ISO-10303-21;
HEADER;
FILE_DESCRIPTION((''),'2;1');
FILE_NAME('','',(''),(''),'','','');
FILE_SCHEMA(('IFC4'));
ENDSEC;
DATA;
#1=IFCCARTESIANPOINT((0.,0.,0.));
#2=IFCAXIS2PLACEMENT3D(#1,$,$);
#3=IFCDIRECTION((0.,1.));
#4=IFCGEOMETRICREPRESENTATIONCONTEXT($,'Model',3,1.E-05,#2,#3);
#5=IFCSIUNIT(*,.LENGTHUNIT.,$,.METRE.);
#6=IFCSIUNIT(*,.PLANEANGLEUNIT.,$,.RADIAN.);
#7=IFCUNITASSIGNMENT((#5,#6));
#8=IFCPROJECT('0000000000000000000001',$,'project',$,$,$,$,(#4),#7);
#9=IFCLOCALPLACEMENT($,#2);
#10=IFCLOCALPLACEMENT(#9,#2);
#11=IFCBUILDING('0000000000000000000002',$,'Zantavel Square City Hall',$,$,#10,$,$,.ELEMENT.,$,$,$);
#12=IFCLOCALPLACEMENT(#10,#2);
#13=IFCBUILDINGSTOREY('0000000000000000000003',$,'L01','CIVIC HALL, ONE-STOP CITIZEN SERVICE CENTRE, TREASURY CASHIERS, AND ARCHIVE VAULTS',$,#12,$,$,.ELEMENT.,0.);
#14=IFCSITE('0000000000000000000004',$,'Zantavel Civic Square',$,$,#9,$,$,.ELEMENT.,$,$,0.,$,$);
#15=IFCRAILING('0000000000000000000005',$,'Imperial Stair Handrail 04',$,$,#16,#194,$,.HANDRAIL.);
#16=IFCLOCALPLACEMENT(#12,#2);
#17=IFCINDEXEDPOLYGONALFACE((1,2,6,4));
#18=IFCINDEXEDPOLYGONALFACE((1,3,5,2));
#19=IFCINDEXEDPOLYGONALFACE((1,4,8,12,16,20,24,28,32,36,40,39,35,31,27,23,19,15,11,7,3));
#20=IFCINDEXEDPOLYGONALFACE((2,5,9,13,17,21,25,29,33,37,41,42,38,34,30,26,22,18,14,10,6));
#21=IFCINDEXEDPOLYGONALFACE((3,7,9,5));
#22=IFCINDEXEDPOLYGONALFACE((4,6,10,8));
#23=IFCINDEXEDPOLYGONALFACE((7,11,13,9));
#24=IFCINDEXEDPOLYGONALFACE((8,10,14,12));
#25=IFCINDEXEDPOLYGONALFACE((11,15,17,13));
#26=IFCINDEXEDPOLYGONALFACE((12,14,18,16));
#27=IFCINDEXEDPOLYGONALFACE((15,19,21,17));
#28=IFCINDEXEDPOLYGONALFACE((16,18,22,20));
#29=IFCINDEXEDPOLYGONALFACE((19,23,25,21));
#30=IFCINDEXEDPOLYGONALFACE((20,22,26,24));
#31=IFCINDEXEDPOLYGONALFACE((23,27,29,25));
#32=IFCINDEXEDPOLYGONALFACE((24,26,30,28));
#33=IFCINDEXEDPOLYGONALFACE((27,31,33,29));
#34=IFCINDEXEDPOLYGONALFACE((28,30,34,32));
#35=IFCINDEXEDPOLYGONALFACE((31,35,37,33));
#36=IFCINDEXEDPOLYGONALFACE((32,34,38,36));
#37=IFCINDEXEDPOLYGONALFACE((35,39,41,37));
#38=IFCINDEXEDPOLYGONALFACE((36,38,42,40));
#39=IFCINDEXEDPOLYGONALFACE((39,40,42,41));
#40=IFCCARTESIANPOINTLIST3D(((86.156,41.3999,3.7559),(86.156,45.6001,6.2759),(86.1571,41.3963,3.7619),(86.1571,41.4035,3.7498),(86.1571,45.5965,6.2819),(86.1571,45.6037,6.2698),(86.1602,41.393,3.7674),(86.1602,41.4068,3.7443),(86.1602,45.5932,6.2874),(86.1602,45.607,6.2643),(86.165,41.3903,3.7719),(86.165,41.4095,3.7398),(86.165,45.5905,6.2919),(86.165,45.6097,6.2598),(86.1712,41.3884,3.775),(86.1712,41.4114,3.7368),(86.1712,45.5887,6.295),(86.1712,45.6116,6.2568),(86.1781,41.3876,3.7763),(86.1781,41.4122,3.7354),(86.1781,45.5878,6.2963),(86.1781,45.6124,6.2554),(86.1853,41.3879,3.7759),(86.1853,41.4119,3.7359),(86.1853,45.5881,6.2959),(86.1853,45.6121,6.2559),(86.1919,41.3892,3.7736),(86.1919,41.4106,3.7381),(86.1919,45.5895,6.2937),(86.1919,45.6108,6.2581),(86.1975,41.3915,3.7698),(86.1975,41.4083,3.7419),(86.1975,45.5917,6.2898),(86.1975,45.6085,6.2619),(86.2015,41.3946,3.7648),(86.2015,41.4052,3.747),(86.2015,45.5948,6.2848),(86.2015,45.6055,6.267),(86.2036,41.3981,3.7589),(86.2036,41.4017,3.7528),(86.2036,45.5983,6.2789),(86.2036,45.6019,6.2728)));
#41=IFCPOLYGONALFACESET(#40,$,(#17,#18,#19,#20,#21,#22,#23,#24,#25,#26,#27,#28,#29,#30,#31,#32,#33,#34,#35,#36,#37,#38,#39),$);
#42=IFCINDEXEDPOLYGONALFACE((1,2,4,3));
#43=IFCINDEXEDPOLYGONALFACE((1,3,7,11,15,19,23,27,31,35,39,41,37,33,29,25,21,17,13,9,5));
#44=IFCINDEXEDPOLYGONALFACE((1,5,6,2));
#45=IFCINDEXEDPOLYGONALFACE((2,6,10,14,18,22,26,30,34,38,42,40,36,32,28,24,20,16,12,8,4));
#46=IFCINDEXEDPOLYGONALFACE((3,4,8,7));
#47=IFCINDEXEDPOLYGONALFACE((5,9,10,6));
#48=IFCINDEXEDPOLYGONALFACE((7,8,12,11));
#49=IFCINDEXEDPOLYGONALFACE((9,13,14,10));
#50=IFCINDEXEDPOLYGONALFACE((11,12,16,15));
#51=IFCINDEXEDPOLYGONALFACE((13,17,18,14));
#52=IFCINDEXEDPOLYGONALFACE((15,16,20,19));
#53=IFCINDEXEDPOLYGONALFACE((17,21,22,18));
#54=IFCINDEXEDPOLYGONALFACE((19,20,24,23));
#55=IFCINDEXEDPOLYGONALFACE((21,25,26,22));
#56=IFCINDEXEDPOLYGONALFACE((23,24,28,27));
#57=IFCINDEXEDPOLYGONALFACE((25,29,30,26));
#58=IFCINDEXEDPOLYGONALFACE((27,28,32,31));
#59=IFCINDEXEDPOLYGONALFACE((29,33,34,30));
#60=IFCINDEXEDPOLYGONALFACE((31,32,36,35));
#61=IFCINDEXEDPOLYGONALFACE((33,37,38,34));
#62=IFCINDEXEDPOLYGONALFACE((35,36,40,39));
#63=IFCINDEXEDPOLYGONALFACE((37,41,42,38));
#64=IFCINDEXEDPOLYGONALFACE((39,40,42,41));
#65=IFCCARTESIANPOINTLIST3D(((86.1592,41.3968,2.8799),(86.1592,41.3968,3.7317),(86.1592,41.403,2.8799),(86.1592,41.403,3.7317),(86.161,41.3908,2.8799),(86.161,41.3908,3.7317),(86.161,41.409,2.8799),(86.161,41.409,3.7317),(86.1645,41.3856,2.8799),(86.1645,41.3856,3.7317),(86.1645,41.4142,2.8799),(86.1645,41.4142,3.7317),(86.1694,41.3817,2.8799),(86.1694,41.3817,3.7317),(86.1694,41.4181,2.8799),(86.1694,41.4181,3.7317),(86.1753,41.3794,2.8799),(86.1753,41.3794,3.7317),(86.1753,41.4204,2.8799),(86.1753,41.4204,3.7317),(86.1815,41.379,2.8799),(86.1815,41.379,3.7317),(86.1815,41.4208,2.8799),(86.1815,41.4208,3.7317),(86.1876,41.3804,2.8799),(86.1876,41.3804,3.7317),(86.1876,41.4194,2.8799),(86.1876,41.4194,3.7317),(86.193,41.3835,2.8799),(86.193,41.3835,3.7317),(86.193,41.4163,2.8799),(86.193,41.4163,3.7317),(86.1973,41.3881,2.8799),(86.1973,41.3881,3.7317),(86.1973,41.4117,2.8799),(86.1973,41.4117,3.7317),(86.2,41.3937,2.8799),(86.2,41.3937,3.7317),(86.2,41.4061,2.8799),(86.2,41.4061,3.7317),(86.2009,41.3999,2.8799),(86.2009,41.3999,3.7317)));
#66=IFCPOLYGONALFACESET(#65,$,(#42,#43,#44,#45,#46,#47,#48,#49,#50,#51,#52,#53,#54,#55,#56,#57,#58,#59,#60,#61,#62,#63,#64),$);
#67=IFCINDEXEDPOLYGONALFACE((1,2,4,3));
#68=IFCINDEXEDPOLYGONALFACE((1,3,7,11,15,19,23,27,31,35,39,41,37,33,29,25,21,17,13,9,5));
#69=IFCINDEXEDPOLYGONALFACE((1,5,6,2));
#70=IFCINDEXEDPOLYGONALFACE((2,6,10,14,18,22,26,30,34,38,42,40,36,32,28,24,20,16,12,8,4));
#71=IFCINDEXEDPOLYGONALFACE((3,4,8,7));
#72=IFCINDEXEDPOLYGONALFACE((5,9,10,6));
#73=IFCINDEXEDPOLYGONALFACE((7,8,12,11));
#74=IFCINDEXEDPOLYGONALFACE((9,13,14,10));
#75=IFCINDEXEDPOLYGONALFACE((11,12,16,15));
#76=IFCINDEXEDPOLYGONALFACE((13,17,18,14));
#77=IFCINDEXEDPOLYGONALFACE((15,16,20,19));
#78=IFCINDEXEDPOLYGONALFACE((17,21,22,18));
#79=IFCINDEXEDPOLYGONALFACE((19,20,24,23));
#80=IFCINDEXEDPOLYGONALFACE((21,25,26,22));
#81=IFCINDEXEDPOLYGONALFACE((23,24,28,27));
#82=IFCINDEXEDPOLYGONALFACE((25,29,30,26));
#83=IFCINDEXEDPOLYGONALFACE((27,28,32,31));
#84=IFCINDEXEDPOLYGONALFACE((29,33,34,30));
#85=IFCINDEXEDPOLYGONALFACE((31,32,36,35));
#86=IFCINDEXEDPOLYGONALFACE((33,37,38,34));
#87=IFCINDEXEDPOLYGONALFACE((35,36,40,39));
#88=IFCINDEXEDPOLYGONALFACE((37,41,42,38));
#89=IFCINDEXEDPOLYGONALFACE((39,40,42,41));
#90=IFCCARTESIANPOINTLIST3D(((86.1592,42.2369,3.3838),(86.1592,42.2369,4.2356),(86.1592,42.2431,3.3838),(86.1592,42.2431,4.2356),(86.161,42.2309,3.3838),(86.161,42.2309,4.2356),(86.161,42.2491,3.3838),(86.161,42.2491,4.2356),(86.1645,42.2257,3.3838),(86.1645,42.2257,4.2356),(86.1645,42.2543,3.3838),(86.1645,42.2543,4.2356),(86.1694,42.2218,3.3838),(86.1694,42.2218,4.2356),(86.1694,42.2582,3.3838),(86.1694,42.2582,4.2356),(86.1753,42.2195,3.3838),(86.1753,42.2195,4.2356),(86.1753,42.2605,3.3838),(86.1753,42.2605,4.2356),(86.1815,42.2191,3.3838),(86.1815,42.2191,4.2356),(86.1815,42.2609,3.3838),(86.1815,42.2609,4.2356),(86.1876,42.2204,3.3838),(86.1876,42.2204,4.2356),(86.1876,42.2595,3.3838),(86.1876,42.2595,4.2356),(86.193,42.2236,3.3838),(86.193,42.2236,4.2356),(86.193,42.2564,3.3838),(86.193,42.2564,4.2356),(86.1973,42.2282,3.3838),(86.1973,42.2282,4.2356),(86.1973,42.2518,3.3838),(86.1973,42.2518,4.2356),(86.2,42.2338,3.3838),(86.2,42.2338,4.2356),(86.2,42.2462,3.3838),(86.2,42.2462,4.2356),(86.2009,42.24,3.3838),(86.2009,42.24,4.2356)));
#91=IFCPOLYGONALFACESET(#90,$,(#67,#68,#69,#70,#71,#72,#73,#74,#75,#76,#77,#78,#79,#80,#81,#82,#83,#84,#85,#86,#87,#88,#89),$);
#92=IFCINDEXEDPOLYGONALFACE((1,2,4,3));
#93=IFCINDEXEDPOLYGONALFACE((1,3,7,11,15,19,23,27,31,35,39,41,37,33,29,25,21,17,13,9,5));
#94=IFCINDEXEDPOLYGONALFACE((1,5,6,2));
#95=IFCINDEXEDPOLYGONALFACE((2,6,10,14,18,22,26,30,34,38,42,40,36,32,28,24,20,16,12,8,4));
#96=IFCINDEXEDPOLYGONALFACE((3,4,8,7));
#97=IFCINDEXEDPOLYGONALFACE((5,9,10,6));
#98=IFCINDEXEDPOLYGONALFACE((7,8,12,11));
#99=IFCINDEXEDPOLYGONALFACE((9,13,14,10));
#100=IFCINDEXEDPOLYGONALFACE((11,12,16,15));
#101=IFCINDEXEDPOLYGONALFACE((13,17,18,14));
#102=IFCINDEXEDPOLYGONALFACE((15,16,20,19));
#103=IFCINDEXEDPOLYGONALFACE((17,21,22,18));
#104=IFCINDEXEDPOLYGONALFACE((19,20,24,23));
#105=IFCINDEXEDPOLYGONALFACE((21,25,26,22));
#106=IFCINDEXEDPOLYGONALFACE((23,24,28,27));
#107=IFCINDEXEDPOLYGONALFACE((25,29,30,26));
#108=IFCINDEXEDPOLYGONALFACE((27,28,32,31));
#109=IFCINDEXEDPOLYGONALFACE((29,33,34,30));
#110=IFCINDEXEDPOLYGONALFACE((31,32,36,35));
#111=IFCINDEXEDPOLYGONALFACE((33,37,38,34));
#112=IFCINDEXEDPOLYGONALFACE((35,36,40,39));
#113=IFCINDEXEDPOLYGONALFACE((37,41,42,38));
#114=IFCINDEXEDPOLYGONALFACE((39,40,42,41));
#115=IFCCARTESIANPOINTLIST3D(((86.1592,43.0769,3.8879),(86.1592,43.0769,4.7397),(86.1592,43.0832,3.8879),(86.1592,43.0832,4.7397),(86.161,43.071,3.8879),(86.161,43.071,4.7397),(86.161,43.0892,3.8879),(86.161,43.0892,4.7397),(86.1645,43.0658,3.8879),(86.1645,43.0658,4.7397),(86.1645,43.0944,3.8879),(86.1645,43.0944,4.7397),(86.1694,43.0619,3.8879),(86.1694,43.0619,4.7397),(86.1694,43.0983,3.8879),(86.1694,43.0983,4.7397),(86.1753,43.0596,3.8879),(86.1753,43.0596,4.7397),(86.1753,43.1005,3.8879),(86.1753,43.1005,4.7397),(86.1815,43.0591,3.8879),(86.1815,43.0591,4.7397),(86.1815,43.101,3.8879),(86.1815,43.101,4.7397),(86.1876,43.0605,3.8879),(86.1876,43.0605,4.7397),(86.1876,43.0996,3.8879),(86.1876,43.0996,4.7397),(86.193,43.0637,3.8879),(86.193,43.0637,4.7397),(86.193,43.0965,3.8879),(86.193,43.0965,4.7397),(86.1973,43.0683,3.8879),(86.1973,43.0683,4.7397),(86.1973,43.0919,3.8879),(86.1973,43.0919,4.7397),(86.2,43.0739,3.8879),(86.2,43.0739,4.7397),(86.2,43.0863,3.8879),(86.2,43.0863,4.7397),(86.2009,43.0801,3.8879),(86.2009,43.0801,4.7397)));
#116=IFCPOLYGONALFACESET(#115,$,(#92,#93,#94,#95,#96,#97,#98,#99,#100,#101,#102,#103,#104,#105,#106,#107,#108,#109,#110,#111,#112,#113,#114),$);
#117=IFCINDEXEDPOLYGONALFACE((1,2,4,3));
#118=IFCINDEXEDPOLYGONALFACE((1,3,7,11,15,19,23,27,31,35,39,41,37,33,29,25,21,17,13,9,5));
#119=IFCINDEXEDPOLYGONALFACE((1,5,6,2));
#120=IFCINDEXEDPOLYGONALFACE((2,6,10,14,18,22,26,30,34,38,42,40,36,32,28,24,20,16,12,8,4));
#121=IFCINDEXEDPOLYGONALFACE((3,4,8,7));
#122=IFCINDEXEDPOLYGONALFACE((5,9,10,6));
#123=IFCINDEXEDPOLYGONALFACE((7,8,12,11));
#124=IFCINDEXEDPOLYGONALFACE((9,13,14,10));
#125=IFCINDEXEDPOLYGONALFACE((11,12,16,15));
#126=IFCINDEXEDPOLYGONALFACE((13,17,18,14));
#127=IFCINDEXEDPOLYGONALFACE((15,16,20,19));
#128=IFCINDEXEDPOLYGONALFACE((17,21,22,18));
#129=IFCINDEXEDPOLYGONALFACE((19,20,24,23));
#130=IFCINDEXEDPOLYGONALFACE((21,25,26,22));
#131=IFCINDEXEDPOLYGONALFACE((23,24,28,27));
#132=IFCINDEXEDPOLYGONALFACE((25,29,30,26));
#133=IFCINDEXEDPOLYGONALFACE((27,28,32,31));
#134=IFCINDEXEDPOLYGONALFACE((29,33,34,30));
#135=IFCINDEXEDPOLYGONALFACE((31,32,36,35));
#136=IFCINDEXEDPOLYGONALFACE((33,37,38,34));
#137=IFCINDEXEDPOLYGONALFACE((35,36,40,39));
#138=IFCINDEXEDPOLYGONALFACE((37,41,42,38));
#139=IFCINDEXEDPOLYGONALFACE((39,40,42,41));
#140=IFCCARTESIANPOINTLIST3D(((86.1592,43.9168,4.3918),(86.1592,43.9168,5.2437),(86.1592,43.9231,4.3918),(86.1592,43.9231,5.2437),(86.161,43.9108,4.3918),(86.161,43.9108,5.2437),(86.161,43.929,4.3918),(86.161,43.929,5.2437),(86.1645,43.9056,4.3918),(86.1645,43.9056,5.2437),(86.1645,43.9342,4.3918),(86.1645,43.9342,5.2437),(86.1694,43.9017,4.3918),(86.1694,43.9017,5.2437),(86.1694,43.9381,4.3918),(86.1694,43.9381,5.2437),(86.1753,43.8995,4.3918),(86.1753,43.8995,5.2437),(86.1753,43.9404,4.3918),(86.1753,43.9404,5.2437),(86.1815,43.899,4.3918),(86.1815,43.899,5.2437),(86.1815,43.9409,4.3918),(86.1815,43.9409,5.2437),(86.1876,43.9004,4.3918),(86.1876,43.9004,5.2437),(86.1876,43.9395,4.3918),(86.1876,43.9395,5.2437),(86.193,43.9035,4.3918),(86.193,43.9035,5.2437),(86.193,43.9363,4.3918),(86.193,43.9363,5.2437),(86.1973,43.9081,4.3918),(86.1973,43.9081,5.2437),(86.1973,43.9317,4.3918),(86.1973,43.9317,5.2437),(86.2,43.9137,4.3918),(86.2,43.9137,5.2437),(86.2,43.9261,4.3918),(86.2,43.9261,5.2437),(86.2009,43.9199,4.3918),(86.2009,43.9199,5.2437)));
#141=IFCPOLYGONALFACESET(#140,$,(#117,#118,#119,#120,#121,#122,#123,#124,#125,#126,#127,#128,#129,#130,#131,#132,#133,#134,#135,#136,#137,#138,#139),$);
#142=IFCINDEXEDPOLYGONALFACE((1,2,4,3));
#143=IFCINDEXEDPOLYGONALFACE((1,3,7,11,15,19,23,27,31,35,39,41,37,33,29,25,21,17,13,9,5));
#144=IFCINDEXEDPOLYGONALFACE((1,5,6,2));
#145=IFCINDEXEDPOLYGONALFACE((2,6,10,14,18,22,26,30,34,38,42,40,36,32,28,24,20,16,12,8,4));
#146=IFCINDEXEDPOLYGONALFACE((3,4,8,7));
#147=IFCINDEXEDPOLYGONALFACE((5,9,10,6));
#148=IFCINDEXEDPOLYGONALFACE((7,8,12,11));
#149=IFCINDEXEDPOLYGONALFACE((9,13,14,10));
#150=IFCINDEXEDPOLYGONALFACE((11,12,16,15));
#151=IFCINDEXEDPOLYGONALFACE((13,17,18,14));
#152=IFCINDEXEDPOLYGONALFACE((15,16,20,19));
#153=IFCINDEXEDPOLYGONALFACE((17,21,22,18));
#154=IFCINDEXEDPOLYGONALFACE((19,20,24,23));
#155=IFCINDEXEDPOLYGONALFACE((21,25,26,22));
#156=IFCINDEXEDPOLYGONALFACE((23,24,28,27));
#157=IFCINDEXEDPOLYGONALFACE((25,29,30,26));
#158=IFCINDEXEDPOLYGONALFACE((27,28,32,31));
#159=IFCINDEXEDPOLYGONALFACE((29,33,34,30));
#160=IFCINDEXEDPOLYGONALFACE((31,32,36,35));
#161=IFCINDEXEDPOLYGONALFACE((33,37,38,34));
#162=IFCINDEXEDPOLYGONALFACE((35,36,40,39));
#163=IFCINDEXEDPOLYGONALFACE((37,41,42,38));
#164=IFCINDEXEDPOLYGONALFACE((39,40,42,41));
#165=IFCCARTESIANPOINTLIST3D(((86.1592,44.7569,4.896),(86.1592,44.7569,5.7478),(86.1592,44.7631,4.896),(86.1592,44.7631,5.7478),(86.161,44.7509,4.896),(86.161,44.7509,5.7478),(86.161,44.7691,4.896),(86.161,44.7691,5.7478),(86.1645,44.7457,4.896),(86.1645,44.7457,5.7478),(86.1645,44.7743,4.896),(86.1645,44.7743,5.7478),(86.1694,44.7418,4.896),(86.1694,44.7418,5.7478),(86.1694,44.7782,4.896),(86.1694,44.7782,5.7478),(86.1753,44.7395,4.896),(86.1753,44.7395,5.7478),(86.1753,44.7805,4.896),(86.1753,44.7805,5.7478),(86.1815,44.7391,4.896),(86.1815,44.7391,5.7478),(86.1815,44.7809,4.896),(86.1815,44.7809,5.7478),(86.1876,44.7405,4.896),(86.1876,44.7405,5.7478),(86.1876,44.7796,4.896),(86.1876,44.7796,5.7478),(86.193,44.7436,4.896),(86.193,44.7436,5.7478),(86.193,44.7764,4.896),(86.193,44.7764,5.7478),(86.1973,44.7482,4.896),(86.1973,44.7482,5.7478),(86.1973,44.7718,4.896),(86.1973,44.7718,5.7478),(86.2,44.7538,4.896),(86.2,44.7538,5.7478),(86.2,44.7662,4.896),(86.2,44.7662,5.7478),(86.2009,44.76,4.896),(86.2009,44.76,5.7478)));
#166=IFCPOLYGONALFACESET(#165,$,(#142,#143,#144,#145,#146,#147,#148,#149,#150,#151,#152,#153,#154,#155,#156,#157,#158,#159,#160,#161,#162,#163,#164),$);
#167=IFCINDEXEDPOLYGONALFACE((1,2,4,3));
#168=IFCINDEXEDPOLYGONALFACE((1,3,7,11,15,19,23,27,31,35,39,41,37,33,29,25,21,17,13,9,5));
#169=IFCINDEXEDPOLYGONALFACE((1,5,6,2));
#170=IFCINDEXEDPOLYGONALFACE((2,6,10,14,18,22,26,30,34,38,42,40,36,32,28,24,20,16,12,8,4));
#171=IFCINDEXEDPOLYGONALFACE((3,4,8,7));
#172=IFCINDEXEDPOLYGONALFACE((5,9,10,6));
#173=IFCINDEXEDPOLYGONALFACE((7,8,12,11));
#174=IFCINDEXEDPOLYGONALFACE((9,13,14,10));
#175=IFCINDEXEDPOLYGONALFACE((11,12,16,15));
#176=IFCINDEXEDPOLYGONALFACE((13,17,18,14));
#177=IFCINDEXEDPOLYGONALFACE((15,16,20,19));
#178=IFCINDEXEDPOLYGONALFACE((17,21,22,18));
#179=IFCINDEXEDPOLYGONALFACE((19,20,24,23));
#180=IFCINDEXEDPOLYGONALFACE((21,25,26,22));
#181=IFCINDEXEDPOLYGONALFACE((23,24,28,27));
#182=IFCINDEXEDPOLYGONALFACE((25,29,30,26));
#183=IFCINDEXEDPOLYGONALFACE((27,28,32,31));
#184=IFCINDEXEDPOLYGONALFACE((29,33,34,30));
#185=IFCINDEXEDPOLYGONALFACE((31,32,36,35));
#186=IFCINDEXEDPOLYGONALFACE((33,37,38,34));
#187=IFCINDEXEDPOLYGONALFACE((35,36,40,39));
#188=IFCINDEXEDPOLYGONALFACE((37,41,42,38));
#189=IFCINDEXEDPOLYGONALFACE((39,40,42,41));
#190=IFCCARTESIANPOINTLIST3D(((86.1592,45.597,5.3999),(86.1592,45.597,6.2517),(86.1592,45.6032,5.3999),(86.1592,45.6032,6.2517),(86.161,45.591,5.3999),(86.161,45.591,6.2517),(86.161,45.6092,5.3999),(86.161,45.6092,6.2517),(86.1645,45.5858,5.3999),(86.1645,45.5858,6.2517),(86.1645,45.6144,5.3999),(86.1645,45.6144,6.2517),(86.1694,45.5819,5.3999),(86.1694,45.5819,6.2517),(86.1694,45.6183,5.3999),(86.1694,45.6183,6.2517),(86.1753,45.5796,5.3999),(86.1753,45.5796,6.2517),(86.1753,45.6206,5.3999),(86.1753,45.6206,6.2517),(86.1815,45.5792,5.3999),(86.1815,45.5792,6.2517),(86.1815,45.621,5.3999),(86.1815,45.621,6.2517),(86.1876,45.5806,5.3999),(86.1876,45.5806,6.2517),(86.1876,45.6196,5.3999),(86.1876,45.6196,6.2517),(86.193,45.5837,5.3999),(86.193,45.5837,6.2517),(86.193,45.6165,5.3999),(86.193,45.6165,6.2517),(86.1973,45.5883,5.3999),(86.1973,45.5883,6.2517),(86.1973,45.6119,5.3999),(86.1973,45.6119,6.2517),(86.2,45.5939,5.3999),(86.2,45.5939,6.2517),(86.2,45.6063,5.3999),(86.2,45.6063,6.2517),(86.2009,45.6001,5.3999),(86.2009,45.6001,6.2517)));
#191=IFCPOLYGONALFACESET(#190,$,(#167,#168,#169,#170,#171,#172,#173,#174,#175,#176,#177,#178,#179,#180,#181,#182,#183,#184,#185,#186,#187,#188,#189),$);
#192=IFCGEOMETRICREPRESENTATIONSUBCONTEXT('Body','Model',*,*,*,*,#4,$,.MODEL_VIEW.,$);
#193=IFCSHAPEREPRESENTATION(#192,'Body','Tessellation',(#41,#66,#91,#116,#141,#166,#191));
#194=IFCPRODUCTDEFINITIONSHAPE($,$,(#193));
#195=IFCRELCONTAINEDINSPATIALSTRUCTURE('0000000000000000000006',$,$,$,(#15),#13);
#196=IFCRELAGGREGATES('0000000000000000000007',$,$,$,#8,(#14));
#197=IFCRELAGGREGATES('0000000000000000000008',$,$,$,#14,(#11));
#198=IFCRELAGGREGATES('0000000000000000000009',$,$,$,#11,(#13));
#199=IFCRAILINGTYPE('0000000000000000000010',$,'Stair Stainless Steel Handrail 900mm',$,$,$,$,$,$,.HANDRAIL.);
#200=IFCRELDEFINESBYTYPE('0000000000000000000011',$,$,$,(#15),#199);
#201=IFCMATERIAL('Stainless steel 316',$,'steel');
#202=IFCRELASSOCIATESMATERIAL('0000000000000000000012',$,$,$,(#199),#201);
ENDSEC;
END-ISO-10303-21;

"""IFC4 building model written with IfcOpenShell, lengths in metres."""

from ifc_helpers import new_model, si_unit, direction, frame, origin, origin_2d, place, context, subcontext, project, spatial, circle, extrude, material, type_object, element, save


model = new_model("IFC4")

# Units and contexts
model_context = context("Model", 3, precision=1e-05, world=origin(), true_north=direction((0.0, 1.0)))
body_context = subcontext(model_context, "Body", "Model", "MODEL_VIEW")
ifc_project = project(units=[si_unit("LENGTHUNIT", "METRE"), si_unit("PLANEANGLEUNIT", "RADIAN")], contexts=[model_context])

# Site, building, storey
site_placement = place(None, origin())
site = spatial("IfcSite", under=ifc_project, at=site_placement, Name="Zantavel Civic Square", CompositionType="ELEMENT", RefElevation=0.0)
building_placement = place(site_placement, origin())
building = spatial("IfcBuilding", under=site, at=building_placement, Name="Zantavel Square City Hall", CompositionType="ELEMENT")
storey_placement = place(building_placement, origin())
storey = spatial("IfcBuildingStorey", under=building, at=storey_placement, Name="L01", Description="CIVIC HALL, ONE-STOP CITIZEN SERVICE CENTRE, TREASURY CASHIERS, AND ARCHIVE VAULTS", CompositionType="ELEMENT", Elevation=0.0)

# Railing
ifc_material_1 = material(Name="Stainless steel 316", Category="steel")
railing_type_1 = type_object("IfcRailingType", Name="Stair Stainless Steel Handrail 900mm", PredefinedType="HANDRAIL", material=ifc_material_1)
railing_1_placement = place(storey_placement, frame((86.1799, 41.3999, 2.8799)))
element("IfcRailing", 1, at=railing_1_placement, inside=storey, type_object=railing_type_1, Name="Imperial Stair Handrail 04", PredefinedType="HANDRAIL", context=body_context, shape_type="SweptSolid", body=[
    extrude(circle(Radius=0.0239, at=origin_2d()), frame((0.0, 0.0, 0.876), z_axis=(0.0, 0.857502, 0.514481), x_axis=(-1.0, 0.0, 0.0)), (0.0, 0.0, 1.0), 4.8982),
    extrude(circle(Radius=0.021, at=origin_2d()), origin(), (0.0, 0.0, 1.0), 0.8518),
    extrude(circle(Radius=0.021, at=origin_2d()), frame((0.0, 0.8401, 0.5039)), (0.0, 0.0, 1.0), 0.8518),
    extrude(circle(Radius=0.021, at=origin_2d()), frame((0.0, 1.6802, 1.0081)), (0.0, 0.0, 1.0), 0.8518),
    extrude(circle(Radius=0.021, at=origin_2d()), frame((0.0, 2.52, 1.512)), (0.0, 0.0, 1.0), 0.8518),
    extrude(circle(Radius=0.021, at=origin_2d()), frame((0.0, 3.3601, 2.0161)), (0.0, 0.0, 1.0), 0.8518),
    extrude(circle(Radius=0.021, at=origin_2d()), frame((0.0, 4.2002, 2.52)), (0.0, 0.0, 1.0), 0.8518),
])

save(model, "model.ifc")
